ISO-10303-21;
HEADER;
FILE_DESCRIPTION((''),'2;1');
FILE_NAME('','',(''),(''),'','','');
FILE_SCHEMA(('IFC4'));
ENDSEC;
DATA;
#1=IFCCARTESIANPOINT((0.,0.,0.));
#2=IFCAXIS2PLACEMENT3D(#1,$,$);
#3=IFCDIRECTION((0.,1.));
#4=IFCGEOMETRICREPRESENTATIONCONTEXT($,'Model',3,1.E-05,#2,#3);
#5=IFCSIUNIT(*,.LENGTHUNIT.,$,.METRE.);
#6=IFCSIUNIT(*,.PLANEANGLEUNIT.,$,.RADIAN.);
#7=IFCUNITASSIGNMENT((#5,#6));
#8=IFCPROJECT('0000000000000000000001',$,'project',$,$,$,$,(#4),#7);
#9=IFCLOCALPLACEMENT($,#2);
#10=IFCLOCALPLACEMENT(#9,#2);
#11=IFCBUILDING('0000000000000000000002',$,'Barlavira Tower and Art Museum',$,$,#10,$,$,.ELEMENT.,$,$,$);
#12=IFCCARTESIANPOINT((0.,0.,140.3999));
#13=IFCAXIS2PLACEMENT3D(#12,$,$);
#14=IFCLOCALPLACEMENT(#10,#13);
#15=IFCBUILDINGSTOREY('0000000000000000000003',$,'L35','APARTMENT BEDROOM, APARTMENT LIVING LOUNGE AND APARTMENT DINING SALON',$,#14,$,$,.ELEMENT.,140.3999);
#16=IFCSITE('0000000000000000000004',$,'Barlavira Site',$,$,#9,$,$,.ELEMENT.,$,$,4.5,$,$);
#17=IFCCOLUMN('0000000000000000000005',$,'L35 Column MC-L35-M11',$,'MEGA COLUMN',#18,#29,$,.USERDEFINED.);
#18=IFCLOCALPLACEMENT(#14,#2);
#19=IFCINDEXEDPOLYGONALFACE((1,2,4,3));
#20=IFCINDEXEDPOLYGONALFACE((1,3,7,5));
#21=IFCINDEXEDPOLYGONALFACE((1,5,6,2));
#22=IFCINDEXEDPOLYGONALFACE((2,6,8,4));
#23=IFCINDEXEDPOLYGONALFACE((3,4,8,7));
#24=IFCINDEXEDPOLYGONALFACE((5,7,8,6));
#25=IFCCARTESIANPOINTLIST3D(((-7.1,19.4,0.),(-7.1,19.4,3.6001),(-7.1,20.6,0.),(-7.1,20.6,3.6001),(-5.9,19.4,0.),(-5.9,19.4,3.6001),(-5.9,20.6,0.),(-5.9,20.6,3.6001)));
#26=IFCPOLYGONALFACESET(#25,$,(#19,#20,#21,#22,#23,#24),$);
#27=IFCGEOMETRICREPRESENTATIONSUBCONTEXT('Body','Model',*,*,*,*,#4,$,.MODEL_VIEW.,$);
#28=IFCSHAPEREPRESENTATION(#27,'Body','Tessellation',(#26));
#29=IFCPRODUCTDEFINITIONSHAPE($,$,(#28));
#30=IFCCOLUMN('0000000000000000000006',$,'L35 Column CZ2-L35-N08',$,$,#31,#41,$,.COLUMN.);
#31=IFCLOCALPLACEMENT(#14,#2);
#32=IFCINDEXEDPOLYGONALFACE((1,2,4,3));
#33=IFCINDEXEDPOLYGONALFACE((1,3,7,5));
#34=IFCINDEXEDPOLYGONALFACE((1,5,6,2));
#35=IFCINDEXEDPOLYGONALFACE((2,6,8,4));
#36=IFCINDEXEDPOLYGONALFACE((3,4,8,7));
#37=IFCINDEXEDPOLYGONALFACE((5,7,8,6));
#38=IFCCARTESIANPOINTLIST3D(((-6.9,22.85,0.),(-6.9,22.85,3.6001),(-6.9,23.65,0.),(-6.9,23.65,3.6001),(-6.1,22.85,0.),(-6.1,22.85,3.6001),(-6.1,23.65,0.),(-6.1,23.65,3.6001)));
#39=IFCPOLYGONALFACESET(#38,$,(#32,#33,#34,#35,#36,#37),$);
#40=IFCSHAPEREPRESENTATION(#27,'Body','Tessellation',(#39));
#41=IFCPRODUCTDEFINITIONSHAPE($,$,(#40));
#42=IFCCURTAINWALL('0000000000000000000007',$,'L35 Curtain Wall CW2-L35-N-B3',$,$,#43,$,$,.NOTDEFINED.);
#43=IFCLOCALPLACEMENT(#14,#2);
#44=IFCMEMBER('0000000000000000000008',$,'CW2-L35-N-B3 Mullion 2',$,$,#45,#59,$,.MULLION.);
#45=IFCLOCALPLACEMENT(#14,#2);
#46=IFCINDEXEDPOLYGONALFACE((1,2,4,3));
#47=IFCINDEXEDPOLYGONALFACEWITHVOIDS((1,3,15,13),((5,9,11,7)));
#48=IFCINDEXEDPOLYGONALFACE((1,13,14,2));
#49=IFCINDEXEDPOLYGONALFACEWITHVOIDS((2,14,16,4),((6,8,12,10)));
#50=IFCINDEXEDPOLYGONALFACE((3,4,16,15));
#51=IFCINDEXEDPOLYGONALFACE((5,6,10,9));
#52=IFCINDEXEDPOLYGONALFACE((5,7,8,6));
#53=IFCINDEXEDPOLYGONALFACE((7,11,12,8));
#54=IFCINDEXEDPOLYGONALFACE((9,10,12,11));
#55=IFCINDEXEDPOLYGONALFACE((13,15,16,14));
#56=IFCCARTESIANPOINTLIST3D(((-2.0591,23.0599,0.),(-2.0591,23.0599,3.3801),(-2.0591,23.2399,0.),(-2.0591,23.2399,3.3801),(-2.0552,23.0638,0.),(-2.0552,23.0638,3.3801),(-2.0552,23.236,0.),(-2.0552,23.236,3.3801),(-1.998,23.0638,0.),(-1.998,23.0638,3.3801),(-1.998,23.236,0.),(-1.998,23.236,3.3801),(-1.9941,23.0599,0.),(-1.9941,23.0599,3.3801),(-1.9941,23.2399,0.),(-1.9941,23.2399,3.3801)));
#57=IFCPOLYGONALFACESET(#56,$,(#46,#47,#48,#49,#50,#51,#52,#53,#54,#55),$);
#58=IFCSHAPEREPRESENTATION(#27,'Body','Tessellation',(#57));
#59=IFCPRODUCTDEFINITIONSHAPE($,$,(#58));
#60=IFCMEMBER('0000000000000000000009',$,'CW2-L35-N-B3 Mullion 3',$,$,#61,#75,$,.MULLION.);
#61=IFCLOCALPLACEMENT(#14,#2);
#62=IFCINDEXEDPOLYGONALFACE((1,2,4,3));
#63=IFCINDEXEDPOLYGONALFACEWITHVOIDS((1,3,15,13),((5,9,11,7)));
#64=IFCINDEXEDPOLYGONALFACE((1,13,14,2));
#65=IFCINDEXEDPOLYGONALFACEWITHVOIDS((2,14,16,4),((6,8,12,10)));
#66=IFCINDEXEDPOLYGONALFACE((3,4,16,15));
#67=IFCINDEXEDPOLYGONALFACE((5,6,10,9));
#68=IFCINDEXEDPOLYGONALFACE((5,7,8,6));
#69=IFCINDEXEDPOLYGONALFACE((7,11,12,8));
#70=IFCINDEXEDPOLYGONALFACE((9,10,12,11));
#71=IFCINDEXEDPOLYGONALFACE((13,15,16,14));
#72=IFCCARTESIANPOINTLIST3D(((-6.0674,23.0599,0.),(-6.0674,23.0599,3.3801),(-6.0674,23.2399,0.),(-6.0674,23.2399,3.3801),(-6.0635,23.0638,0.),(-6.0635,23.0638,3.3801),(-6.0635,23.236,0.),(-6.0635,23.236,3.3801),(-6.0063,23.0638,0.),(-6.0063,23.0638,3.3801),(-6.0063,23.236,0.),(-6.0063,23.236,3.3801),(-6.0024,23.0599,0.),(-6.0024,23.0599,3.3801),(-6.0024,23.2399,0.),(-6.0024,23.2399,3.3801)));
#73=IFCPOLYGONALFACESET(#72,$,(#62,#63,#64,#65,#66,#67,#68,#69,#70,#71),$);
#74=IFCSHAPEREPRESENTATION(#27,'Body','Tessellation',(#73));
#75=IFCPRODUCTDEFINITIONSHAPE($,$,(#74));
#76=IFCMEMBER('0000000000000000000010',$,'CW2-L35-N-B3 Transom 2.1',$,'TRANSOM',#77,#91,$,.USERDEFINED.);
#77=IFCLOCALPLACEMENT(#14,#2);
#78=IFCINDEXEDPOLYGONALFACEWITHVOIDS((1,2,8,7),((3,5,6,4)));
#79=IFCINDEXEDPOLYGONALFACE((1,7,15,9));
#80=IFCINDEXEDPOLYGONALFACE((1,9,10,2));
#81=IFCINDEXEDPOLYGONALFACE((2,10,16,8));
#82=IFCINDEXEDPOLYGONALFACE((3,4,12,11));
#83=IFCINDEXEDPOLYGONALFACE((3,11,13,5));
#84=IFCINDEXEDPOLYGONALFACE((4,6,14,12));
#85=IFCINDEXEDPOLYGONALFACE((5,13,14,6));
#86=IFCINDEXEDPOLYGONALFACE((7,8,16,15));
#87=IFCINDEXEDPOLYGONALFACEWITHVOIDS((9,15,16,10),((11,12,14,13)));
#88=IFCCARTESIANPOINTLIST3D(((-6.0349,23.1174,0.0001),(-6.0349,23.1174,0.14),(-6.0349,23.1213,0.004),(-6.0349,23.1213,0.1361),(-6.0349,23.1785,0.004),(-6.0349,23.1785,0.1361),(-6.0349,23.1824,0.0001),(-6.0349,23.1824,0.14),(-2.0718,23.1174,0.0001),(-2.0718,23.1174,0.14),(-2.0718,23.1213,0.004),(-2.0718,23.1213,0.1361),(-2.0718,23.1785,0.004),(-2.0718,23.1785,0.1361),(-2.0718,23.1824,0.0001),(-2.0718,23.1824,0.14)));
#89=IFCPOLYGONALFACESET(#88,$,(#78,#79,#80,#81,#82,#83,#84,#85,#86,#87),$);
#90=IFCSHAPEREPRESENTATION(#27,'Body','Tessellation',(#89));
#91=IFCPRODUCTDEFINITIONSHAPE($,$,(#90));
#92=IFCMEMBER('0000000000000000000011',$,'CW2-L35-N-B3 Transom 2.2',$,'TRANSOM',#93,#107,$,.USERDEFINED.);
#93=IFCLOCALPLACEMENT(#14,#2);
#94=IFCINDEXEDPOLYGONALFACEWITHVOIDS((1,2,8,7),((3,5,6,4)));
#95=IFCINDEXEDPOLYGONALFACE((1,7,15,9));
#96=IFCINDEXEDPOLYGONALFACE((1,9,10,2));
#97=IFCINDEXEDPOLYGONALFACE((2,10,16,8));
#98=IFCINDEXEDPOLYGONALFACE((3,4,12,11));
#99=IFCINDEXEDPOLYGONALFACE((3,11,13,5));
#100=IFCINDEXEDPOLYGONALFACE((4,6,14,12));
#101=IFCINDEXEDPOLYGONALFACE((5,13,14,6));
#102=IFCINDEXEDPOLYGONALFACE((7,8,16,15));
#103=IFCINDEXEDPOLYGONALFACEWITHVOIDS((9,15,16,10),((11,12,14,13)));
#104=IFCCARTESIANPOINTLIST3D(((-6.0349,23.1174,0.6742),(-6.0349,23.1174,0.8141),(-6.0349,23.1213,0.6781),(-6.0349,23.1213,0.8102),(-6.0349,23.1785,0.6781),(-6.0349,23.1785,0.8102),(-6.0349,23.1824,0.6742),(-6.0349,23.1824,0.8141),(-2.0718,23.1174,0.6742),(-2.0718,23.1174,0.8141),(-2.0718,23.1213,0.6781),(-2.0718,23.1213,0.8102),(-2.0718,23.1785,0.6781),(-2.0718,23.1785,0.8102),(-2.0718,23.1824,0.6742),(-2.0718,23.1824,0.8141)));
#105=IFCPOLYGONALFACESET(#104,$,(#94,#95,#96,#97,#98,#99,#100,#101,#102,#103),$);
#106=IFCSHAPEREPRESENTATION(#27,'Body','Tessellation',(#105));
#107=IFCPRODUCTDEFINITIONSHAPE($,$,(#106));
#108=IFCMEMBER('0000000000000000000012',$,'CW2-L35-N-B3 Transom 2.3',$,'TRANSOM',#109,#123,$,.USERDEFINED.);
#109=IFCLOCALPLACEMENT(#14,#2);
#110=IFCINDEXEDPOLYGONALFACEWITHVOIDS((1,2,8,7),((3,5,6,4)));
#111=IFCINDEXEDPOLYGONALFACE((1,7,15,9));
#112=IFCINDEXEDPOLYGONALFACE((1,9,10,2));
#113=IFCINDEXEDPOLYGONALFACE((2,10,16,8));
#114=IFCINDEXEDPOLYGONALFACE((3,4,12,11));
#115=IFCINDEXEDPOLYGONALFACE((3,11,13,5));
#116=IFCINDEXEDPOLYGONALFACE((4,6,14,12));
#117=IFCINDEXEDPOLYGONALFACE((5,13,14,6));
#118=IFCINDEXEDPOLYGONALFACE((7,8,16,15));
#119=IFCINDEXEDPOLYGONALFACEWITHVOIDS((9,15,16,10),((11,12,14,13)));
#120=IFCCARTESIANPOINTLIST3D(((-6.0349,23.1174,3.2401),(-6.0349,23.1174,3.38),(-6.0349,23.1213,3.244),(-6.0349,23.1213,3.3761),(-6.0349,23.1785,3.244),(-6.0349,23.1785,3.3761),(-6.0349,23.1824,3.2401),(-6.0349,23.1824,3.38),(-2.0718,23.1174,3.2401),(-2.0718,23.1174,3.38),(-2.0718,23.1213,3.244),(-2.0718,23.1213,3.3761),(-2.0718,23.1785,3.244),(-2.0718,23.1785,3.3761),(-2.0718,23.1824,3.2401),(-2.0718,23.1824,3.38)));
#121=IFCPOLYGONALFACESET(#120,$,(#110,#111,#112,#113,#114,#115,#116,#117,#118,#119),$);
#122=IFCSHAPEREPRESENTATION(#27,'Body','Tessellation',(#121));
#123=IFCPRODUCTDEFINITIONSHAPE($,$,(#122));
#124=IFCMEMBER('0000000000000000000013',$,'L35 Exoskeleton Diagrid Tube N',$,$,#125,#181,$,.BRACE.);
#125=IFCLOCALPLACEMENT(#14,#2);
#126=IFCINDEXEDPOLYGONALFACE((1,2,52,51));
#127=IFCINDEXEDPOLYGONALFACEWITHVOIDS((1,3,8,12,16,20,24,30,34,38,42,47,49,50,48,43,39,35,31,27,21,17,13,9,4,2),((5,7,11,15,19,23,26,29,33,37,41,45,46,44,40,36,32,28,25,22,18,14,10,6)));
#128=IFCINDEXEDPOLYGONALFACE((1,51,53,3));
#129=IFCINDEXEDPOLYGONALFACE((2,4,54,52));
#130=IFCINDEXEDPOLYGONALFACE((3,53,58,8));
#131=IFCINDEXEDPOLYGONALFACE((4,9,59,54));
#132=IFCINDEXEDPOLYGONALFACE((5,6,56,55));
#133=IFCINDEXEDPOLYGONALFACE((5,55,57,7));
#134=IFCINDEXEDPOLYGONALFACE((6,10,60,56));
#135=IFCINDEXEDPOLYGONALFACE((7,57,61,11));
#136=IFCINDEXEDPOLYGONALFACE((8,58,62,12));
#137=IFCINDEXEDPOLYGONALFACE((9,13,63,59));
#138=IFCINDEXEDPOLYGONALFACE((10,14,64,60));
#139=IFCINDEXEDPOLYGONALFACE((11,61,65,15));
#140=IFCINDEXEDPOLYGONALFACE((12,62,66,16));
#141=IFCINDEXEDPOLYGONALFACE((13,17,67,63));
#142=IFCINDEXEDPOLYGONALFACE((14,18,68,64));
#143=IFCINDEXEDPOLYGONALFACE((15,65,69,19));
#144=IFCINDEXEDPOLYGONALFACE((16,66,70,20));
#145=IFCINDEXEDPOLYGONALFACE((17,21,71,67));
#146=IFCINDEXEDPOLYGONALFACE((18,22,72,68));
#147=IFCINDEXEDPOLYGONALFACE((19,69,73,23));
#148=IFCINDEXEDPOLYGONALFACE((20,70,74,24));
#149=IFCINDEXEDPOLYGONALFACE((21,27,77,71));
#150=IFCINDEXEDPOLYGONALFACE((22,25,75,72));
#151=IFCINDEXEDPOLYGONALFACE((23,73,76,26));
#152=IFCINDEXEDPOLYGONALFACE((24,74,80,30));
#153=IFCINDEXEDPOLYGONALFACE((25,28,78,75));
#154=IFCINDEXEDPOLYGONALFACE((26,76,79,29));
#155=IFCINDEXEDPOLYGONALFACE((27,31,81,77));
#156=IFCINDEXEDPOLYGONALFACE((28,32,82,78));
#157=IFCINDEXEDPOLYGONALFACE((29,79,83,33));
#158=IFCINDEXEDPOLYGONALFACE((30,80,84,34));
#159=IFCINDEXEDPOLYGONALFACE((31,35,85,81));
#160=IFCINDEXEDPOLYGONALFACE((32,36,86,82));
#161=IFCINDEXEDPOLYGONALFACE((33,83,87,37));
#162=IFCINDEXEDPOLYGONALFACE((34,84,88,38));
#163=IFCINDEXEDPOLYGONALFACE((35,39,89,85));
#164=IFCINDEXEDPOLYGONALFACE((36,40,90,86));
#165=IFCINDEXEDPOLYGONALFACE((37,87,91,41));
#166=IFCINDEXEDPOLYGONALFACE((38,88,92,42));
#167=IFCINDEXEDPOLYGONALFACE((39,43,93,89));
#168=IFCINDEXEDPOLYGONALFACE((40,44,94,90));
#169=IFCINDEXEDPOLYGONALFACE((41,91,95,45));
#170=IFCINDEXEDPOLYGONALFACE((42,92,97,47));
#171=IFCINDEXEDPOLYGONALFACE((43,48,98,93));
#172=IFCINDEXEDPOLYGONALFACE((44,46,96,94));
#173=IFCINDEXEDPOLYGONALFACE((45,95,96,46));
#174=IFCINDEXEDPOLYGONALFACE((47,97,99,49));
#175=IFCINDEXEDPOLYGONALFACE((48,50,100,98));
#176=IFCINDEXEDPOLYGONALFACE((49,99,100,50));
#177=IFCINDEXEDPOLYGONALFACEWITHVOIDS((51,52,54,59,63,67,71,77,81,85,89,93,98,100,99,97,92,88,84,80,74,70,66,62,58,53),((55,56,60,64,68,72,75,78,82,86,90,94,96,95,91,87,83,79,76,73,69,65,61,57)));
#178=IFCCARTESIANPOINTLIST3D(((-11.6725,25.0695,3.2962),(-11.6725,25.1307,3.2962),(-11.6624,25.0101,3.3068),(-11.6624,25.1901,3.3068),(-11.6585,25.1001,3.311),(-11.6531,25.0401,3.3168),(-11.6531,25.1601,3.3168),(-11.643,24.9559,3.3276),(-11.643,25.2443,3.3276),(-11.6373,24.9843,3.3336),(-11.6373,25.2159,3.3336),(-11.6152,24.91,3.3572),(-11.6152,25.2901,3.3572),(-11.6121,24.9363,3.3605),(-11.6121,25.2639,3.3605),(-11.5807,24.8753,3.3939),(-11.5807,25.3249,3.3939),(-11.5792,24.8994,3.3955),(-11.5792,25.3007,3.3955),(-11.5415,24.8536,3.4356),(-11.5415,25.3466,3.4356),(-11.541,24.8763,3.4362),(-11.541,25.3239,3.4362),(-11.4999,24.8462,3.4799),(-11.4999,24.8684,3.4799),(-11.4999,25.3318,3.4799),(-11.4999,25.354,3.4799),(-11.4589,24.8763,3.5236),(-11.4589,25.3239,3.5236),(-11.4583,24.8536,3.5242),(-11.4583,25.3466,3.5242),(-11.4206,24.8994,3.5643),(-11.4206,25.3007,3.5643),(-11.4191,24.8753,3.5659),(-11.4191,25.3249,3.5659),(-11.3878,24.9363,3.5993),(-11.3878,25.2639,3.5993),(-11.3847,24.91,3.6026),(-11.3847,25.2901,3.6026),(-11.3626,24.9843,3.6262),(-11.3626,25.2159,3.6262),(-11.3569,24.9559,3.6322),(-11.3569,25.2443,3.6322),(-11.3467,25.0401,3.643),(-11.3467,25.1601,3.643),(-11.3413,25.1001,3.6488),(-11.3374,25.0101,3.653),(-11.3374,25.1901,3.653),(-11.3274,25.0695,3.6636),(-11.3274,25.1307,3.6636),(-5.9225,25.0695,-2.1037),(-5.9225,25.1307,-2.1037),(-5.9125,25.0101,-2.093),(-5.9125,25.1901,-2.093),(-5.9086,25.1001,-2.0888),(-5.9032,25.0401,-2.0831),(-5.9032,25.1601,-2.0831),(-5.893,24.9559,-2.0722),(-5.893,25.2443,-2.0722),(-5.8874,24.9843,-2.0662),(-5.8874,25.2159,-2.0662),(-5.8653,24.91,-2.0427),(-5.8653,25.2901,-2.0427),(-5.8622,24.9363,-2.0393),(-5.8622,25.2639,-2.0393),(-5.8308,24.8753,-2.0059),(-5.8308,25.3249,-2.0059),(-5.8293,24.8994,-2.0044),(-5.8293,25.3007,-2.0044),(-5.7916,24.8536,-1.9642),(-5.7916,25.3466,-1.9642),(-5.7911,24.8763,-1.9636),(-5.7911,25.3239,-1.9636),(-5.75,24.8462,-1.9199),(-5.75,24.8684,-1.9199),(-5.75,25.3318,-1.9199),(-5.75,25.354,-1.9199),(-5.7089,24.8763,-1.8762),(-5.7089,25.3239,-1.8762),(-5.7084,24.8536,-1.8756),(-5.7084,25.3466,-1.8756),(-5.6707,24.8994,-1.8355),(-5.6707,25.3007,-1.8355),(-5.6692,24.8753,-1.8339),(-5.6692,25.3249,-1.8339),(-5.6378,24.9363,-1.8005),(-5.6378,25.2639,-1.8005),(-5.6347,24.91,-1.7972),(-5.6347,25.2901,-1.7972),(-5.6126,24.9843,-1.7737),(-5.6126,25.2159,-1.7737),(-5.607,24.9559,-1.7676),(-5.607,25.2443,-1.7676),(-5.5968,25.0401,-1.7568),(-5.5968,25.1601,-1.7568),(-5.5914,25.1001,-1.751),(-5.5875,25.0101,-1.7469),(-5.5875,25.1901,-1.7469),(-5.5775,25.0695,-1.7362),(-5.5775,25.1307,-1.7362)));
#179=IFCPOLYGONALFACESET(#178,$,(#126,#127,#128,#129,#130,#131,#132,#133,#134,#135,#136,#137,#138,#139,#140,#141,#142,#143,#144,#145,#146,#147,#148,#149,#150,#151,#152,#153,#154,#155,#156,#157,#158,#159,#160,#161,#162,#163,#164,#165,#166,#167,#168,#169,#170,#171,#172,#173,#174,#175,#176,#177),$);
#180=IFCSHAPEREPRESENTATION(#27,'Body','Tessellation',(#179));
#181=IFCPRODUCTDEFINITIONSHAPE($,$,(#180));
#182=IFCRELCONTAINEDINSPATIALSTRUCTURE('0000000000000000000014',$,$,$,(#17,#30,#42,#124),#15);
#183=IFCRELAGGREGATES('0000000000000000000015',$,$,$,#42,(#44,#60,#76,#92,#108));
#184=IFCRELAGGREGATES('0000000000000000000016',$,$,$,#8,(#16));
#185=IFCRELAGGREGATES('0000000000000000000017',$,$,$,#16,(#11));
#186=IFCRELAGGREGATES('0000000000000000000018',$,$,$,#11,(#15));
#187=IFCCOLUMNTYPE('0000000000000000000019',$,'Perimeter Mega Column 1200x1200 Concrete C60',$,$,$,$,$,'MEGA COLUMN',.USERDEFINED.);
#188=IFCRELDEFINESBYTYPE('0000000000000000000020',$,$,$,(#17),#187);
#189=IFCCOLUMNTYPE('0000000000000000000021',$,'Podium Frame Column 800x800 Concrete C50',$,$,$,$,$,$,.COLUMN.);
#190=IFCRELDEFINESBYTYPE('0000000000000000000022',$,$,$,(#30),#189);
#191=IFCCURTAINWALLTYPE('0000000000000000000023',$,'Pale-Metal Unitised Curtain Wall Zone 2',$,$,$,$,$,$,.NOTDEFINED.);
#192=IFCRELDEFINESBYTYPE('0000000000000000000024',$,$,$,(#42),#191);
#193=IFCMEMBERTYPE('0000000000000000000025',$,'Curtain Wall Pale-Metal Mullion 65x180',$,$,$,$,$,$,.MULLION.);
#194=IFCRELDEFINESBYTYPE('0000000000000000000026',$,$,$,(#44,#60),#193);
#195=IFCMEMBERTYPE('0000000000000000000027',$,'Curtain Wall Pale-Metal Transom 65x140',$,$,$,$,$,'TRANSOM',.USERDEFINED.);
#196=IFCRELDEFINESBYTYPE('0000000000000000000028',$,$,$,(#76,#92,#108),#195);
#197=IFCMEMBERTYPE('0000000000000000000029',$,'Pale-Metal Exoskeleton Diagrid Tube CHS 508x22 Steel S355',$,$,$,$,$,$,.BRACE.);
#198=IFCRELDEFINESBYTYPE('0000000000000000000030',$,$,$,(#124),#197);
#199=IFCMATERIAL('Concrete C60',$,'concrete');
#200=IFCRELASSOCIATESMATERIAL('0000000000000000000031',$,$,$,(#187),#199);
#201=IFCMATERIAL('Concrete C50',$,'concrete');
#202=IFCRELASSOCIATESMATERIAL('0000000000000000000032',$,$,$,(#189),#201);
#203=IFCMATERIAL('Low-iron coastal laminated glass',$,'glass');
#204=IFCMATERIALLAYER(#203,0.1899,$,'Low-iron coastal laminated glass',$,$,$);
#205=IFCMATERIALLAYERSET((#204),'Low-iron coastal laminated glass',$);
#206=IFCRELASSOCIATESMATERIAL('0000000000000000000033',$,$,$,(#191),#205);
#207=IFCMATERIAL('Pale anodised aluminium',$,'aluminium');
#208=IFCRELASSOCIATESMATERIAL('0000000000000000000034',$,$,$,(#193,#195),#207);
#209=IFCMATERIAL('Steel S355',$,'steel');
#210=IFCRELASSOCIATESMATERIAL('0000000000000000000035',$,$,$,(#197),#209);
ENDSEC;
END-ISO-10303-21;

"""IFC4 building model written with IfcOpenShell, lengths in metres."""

from ifc_helpers import new_model, si_unit, direction, frame, origin, origin_2d, place, context, subcontext, project, spatial, rectangle, hollow_rectangle, hollow_circle, extrude, material, layer, layer_set, material_profile, profile_set, type_object, element, aggregate, save


model = new_model("IFC4")

# Units and contexts
model_context = context("Model", 3, precision=1e-05, world=origin(), true_north=direction((0.0, 1.0)))
body_context = subcontext(model_context, "Body", "Model", "MODEL_VIEW")
ifc_project = project(units=[si_unit("LENGTHUNIT", "METRE"), si_unit("PLANEANGLEUNIT", "RADIAN")], contexts=[model_context])

# Site, building, storey
site_placement = place(None, origin())
site = spatial("IfcSite", under=ifc_project, at=site_placement, Name="Barlavira Site", CompositionType="ELEMENT", RefElevation=4.5)
building_placement = place(site_placement, origin())
building = spatial("IfcBuilding", under=site, at=building_placement, Name="Barlavira Tower and Art Museum", CompositionType="ELEMENT")
storey_placement = place(building_placement, frame((0.0, 0.0, 140.3999)))
storey = spatial("IfcBuildingStorey", under=building, at=storey_placement, Name="L35", Description="APARTMENT BEDROOM, APARTMENT LIVING LOUNGE AND APARTMENT DINING SALON", CompositionType="ELEMENT", Elevation=140.3999)

# Columns
ifc_material_1 = material(Name="Concrete C60", Category="concrete")
ifc_material_profile_1 = material_profile(ifc_material_1, rectangle(XDim=1.2, YDim=1.2, at=origin_2d()), Name="RC-COL 1200x1200")
ifc_profile_set_1 = profile_set([ifc_material_profile_1], Name="Concrete C60")
column_type_1 = type_object("IfcColumnType", Name="Perimeter Mega Column 1200x1200 Concrete C60", ElementType="MEGA COLUMN", PredefinedType="USERDEFINED", material=ifc_profile_set_1)
column_1_placement = place(storey_placement, frame((-6.5, 20.0, 0.0), z_axis=(0.0, 0.0, 1.0), x_axis=(1.0, 0.0, 0.0)))
element("IfcColumn", 1, at=column_1_placement, inside=storey, type_object=column_type_1, Name="L35 Column MC-L35-M11", ObjectType="MEGA COLUMN", PredefinedType="USERDEFINED", context=body_context, shape_type="SweptSolid", body=[
    extrude(rectangle(XDim=1.2, YDim=1.2, at=origin_2d()), origin(), (0.0, 0.0, 1.0), 3.6001),
])
ifc_material_2 = material(Name="Concrete C50", Category="concrete")
ifc_material_profile_2 = material_profile(ifc_material_2, rectangle(XDim=0.8, YDim=0.8, at=origin_2d()), Name="RC-COL 800x800")
ifc_profile_set_2 = profile_set([ifc_material_profile_2], Name="Concrete C50")
column_type_2 = type_object("IfcColumnType", Name="Podium Frame Column 800x800 Concrete C50", PredefinedType="COLUMN", material=ifc_profile_set_2)
column_2_placement = place(storey_placement, frame((-6.5, 23.25, 0.0), z_axis=(0.0, 0.0, 1.0), x_axis=(1.0, 0.0, 0.0)))
element("IfcColumn", 2, at=column_2_placement, inside=storey, type_object=column_type_2, Name="L35 Column CZ2-L35-N08", PredefinedType="COLUMN", context=body_context, shape_type="SweptSolid", body=[
    extrude(rectangle(XDim=0.8, YDim=0.8, at=origin_2d()), origin(), (0.0, 0.0, 1.0), 3.6001),
])

# Curtain wall, members
ifc_material_3 = material(Name="Low-iron coastal laminated glass", Category="glass")
ifc_layer_1 = layer(ifc_material_3, 0.1899, Name="Low-iron coastal laminated glass")
ifc_layer_set_1 = layer_set([ifc_layer_1], Name="Low-iron coastal laminated glass")
curtain_wall_type = type_object("IfcCurtainWallType", Name="Pale-Metal Unitised Curtain Wall Zone 2", PredefinedType="NOTDEFINED", material=ifc_layer_set_1)
curtain_wall_placement = place(storey_placement, origin())
curtain_wall = element("IfcCurtainWall", 3, at=curtain_wall_placement, inside=storey, type_object=curtain_wall_type, Name="L35 Curtain Wall CW2-L35-N-B3", PredefinedType="NOTDEFINED")
ifc_material_4 = material(Name="Pale anodised aluminium", Category="aluminium")
ifc_material_profile_3 = material_profile(ifc_material_4, hollow_rectangle(XDim=0.0649, YDim=0.1799, WallThickness=0.0039, at=origin_2d()), Name="ALU-MULL 65x180x4")
ifc_profile_set_3 = profile_set([ifc_material_profile_3], Name="Pale anodised aluminium")
member_type_1 = type_object("IfcMemberType", Name="Curtain Wall Pale-Metal Mullion 65x180", PredefinedType="MULLION", material=ifc_profile_set_3)
member_1_placement = place(storey_placement, frame((-2.0266, 23.1499, 0.0), z_axis=(0.0, 0.0, 1.0), x_axis=(-1.0, 0.0, 0.0)))
member_1 = element("IfcMember", 4, at=member_1_placement, type_object=member_type_1, Name="CW2-L35-N-B3 Mullion 2", PredefinedType="MULLION", context=body_context, shape_type="SweptSolid", body=[
    extrude(hollow_rectangle(XDim=0.0649, YDim=0.1799, WallThickness=0.0039, at=origin_2d()), origin(), (0.0, 0.0, 1.0), 3.3801),
])
member_2_placement = place(storey_placement, frame((-6.0349, 23.1499, 0.0), z_axis=(0.0, 0.0, 1.0), x_axis=(-1.0, 0.0, 0.0)))
member_2 = element("IfcMember", 5, at=member_2_placement, type_object=member_type_1, Name="CW2-L35-N-B3 Mullion 3", PredefinedType="MULLION", context=body_context, shape_type="SweptSolid", body=[
    extrude(hollow_rectangle(XDim=0.0649, YDim=0.1799, WallThickness=0.0039, at=origin_2d()), origin(), (0.0, 0.0, 1.0), 3.3801),
])
ifc_material_profile_4 = material_profile(ifc_material_4, hollow_rectangle(XDim=0.0649, YDim=0.1399, WallThickness=0.0039, at=origin_2d()), Name="ALU-TRAN 65x140x4")
ifc_profile_set_4 = profile_set([ifc_material_profile_4], Name="Pale anodised aluminium")
member_type_2 = type_object("IfcMemberType", Name="Curtain Wall Pale-Metal Transom 65x140", ElementType="TRANSOM", PredefinedType="USERDEFINED", material=ifc_profile_set_4)
member_3_placement = place(storey_placement, frame((-2.0718, 23.1499, 0.0701), z_axis=(-1.0, 0.0, 0.0), x_axis=(0.0, -1.0, 0.0)))
member_3 = element("IfcMember", 6, at=member_3_placement, type_object=member_type_2, Name="CW2-L35-N-B3 Transom 2.1", ObjectType="TRANSOM", PredefinedType="USERDEFINED", context=body_context, shape_type="SweptSolid", body=[
    extrude(hollow_rectangle(XDim=0.0649, YDim=0.1399, WallThickness=0.0039, at=origin_2d()), origin(), (0.0, 0.0, 1.0), 3.9631),
])
member_4_placement = place(storey_placement, frame((-2.0718, 23.1499, 0.7441), z_axis=(-1.0, 0.0, 0.0), x_axis=(0.0, -1.0, 0.0)))
member_4 = element("IfcMember", 7, at=member_4_placement, type_object=member_type_2, Name="CW2-L35-N-B3 Transom 2.2", ObjectType="TRANSOM", PredefinedType="USERDEFINED", context=body_context, shape_type="SweptSolid", body=[
    extrude(hollow_rectangle(XDim=0.0649, YDim=0.1399, WallThickness=0.0039, at=origin_2d()), origin(), (0.0, 0.0, 1.0), 3.9631),
])
member_5_placement = place(storey_placement, frame((-2.0718, 23.1499, 3.3101), z_axis=(-1.0, 0.0, 0.0), x_axis=(0.0, -1.0, 0.0)))
member_5 = element("IfcMember", 8, at=member_5_placement, type_object=member_type_2, Name="CW2-L35-N-B3 Transom 2.3", ObjectType="TRANSOM", PredefinedType="USERDEFINED", context=body_context, shape_type="SweptSolid", body=[
    extrude(hollow_rectangle(XDim=0.0649, YDim=0.1399, WallThickness=0.0039, at=origin_2d()), origin(), (0.0, 0.0, 1.0), 3.9631),
])

# Member
ifc_material_5 = material(Name="Steel S355", Category="steel")
ifc_material_profile_5 = material_profile(ifc_material_5, hollow_circle(Radius=0.2539, WallThickness=0.0222, at=origin_2d()), Name="CHS 508.0x22.2")
ifc_profile_set_5 = profile_set([ifc_material_profile_5], Name="Steel S355")
member_type_3 = type_object("IfcMemberType", Name="Pale-Metal Exoskeleton Diagrid Tube CHS 508x22 Steel S355", PredefinedType="BRACE", material=ifc_profile_set_5)
for number, where, z_axis, x_axis, name in (
    (9, (-5.75, 25.1001, -1.9199), (-0.72895, 0.0, 0.684567), (0.0, -1.0, 0.0), "L35 Exoskeleton Diagrid Tube N"),
):
    element("IfcMember", number, at=place(storey_placement, frame(where, z_axis=z_axis, x_axis=x_axis)), inside=storey, type_object=member_type_3, Name=name, PredefinedType="BRACE", context=body_context, shape_type="SweptSolid", body=[
        extrude(hollow_circle(Radius=0.2539, WallThickness=0.0222, at=origin_2d()), origin(), (0.0, 0.0, 1.0), 7.8879),
    ])

aggregate(curtain_wall, [member_1, member_2, member_3, member_4, member_5])

save(model, "model.ifc")
